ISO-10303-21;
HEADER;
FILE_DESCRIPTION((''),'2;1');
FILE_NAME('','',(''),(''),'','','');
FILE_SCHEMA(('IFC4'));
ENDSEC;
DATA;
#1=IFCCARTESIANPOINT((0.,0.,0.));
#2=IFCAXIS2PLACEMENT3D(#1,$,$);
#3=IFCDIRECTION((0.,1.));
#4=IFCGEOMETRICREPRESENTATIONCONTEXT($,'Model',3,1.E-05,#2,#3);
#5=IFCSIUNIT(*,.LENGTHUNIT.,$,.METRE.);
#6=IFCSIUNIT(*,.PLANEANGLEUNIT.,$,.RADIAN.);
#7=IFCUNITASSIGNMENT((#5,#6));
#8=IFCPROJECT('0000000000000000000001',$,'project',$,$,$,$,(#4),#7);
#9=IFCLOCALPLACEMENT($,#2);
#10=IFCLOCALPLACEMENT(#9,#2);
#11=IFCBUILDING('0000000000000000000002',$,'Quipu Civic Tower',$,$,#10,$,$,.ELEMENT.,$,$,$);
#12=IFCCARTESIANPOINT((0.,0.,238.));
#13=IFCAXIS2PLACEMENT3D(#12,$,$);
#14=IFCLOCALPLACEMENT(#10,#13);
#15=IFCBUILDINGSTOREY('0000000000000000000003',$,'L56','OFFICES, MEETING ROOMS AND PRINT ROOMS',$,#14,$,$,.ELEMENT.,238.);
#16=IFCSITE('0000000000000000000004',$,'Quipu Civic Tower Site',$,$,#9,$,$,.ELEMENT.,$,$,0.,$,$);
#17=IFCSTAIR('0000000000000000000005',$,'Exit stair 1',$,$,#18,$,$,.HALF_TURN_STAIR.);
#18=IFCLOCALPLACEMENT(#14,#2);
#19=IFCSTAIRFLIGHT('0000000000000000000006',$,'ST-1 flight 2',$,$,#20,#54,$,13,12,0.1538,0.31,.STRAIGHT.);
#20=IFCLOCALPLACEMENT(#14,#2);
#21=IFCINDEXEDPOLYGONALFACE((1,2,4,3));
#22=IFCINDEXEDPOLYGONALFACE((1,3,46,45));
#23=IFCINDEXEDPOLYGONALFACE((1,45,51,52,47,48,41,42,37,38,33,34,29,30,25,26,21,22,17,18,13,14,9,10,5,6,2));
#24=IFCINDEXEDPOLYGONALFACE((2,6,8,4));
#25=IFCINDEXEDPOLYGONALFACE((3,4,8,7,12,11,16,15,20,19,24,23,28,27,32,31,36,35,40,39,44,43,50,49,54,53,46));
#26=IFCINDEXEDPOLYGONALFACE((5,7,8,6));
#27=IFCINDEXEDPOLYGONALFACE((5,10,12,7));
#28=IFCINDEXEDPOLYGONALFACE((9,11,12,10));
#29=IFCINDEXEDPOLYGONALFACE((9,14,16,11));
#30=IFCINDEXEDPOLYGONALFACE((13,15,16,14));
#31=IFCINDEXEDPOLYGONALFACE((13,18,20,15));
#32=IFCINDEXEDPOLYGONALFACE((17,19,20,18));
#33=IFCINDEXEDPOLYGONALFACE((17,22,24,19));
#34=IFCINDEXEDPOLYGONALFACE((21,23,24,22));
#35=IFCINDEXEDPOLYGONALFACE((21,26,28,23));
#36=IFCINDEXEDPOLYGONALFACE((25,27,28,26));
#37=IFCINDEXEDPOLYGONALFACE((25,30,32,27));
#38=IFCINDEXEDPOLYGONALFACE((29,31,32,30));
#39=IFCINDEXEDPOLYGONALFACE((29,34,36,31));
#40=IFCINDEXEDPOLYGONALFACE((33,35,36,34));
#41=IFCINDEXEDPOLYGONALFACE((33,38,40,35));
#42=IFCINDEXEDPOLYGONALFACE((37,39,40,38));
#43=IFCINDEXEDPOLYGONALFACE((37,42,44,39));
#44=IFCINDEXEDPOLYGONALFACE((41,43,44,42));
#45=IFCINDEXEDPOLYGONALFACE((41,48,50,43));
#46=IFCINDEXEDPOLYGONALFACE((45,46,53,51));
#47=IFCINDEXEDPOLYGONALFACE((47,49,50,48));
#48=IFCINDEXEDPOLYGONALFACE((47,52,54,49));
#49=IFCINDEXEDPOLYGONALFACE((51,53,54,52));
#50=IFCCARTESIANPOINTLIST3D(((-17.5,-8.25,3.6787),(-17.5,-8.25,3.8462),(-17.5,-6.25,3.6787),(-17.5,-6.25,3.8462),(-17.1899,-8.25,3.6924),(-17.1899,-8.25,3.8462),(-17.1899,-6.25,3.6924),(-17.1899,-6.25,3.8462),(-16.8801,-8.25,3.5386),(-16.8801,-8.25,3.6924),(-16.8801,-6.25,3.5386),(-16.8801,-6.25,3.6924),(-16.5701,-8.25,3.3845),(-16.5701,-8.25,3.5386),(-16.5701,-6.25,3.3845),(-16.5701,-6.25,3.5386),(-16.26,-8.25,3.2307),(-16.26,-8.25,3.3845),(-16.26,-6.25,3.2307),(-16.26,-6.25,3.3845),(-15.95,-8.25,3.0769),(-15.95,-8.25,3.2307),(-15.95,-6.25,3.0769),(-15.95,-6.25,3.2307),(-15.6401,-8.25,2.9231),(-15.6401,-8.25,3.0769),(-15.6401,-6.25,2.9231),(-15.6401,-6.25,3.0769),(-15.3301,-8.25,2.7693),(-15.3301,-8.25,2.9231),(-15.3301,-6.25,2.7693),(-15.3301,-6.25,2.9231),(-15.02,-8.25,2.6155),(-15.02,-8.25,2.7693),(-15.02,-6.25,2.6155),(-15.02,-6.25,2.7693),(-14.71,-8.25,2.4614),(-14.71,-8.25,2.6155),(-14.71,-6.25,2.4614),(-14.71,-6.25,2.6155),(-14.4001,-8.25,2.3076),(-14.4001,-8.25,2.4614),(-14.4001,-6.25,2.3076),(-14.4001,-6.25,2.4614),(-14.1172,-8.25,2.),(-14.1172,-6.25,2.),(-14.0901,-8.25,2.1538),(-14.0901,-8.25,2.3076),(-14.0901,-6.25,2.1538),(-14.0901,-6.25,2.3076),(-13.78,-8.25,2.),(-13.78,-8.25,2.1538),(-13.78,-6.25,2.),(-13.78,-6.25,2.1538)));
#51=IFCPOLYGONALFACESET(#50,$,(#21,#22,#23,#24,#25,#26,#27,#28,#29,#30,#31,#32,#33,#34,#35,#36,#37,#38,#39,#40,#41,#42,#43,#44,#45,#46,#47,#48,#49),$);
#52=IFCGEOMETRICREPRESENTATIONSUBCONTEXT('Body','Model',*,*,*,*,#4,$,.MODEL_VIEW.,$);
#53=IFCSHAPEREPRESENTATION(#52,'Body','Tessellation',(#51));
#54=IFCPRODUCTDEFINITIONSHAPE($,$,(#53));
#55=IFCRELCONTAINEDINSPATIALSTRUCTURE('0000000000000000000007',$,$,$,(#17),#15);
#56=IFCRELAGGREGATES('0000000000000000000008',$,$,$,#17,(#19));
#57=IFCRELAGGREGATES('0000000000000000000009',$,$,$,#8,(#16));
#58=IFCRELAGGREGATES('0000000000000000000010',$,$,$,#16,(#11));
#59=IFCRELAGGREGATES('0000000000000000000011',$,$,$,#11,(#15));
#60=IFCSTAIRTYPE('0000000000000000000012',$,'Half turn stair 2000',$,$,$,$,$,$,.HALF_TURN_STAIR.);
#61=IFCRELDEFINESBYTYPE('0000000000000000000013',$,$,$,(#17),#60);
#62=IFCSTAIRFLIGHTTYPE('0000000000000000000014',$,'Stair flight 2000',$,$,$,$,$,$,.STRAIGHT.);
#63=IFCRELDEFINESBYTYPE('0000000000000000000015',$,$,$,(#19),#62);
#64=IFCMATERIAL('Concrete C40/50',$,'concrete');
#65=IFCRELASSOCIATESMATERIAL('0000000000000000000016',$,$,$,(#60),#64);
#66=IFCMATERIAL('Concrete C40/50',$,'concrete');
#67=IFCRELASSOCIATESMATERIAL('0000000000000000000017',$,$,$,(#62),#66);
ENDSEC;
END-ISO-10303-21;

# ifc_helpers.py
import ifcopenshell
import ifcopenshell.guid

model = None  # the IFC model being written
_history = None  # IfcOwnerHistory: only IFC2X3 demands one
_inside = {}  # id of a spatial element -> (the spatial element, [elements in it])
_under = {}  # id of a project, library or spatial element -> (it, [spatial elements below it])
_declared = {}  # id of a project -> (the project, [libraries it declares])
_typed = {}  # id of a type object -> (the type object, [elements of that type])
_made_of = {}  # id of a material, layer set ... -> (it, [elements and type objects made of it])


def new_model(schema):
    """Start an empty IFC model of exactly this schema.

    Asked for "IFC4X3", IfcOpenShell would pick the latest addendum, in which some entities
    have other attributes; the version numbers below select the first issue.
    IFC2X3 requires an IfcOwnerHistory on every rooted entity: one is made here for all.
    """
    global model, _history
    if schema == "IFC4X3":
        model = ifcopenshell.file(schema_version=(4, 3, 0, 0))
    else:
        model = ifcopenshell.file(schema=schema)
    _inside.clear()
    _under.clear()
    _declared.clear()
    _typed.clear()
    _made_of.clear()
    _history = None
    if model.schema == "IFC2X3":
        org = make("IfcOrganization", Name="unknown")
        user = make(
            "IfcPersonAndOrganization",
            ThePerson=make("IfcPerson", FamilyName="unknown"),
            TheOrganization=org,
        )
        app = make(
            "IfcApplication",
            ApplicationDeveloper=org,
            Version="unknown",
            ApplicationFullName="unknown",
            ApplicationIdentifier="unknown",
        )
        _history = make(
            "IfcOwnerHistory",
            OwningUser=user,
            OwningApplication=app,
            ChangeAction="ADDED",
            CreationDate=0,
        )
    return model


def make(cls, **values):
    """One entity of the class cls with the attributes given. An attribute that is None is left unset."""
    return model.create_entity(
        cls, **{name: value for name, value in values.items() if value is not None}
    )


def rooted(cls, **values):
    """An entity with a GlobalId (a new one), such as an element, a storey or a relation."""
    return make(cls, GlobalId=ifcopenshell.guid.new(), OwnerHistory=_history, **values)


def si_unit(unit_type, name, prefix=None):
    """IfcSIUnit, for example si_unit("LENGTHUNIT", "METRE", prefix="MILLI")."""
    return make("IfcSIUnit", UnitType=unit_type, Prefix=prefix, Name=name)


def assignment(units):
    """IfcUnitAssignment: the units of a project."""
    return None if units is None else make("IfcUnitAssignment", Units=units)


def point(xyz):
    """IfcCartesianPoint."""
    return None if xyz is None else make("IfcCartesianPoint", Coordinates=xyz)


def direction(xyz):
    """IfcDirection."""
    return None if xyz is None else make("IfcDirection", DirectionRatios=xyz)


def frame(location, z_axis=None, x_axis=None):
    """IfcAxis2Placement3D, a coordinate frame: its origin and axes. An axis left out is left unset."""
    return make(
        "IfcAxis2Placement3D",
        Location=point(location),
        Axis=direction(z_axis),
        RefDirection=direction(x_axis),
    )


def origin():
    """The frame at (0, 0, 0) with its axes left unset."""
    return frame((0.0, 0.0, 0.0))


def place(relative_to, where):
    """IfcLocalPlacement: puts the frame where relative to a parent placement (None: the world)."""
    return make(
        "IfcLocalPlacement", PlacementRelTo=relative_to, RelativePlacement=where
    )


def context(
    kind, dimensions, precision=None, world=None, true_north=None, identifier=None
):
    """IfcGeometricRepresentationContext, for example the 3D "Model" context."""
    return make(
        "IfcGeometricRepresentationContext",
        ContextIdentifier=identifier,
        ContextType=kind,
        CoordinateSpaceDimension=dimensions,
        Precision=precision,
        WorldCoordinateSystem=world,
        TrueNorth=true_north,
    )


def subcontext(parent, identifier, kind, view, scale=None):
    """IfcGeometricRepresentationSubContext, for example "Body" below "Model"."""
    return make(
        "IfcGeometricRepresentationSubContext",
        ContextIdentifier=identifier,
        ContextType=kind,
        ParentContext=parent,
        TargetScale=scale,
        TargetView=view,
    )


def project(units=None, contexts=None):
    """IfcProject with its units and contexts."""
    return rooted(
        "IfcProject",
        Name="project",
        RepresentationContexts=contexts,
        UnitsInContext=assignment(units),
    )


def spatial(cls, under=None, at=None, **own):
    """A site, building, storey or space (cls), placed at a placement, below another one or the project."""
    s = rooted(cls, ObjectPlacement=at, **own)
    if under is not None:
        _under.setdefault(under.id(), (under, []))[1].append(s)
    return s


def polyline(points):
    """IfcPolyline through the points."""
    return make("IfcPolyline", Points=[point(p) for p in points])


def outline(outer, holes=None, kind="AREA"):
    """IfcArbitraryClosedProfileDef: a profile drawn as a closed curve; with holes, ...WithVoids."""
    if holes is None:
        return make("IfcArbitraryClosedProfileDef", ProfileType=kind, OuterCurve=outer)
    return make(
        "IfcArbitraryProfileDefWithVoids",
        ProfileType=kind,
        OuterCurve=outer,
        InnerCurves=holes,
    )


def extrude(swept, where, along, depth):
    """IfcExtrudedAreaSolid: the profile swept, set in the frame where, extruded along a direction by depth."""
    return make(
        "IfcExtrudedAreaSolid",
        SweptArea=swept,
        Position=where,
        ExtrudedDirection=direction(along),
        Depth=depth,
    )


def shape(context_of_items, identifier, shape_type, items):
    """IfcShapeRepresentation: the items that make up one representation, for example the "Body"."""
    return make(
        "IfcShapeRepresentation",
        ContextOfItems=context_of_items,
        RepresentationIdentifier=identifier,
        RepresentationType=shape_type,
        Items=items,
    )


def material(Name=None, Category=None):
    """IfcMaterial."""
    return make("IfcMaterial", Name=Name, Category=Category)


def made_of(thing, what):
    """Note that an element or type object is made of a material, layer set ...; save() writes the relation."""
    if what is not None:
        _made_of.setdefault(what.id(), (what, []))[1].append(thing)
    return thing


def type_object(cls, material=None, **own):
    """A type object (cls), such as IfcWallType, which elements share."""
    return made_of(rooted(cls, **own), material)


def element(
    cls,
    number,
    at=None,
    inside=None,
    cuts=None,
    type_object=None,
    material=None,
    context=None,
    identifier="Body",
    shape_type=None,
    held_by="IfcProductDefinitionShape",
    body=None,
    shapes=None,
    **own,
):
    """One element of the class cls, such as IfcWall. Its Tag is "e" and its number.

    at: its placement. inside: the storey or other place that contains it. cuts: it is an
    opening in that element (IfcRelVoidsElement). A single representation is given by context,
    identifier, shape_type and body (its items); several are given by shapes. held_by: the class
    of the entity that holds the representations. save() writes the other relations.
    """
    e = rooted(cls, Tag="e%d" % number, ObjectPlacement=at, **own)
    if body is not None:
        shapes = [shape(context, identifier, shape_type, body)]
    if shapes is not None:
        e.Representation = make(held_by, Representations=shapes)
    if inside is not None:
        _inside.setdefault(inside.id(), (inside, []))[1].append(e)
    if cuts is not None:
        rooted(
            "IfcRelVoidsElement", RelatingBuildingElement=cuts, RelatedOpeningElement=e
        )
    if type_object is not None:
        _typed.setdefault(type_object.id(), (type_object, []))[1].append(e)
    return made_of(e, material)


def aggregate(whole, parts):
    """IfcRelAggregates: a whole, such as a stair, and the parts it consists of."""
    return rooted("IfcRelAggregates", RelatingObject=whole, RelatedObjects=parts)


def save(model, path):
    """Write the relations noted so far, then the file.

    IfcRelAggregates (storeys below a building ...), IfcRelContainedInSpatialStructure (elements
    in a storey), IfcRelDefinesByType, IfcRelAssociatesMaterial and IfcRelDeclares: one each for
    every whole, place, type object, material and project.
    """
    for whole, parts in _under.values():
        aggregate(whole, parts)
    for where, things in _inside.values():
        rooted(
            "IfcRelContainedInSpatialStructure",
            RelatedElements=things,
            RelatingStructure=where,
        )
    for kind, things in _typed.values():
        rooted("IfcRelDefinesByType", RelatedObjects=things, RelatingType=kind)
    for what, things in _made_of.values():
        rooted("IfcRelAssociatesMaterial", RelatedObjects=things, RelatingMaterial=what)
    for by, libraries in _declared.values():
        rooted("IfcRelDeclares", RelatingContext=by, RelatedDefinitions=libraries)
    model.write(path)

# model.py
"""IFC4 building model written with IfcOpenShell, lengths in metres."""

from ifc_helpers import new_model, si_unit, direction, frame, origin, place, context, subcontext, project, spatial, polyline, outline, extrude, material, type_object, element, aggregate, save


model = new_model("IFC4")

# Units and contexts
model_context = context("Model", 3, precision=1e-05, world=origin(), true_north=direction((0.0, 1.0)))
body_context = subcontext(model_context, "Body", "Model", "MODEL_VIEW")
ifc_project = project(units=[si_unit("LENGTHUNIT", "METRE"), si_unit("PLANEANGLEUNIT", "RADIAN")], contexts=[model_context])

# Site, building, storey
site_placement = place(None, origin())
site = spatial("IfcSite", under=ifc_project, at=site_placement, Name="Quipu Civic Tower Site", CompositionType="ELEMENT", RefElevation=0.0)
building_placement = place(site_placement, origin())
building = spatial("IfcBuilding", under=site, at=building_placement, Name="Quipu Civic Tower", CompositionType="ELEMENT")
storey_placement = place(building_placement, frame((0.0, 0.0, 238.0)))
storey = spatial("IfcBuildingStorey", under=building, at=storey_placement, Name="L56", Description="OFFICES, MEETING ROOMS AND PRINT ROOMS", CompositionType="ELEMENT", Elevation=238.0)

# Stair, stair flight
ifc_material_1 = material(Name="Concrete C40/50", Category="concrete")
stair_type = type_object("IfcStairType", Name="Half turn stair 2000", PredefinedType="HALF_TURN_STAIR", material=ifc_material_1)
stair_placement = place(storey_placement, origin())
stair = element("IfcStair", 1, at=stair_placement, inside=storey, type_object=stair_type, Name="Exit stair 1", PredefinedType="HALF_TURN_STAIR")
ifc_material_2 = material(Name="Concrete C40/50", Category="concrete")
stair_flight_type = type_object("IfcStairFlightType", Name="Stair flight 2000", PredefinedType="STRAIGHT", material=ifc_material_2)
stair_flight_placement = place(storey_placement, frame((-13.78, -7.25, 2.0), z_axis=(0.0, 0.0, 1.0), x_axis=(-1.0, 0.0, 0.0)))
stair_flight = element("IfcStairFlight", 2, at=stair_flight_placement, type_object=stair_flight_type, Name="ST-1 flight 2", NumberOfRisers=13, NumberOfTreads=12, PredefinedType="STRAIGHT", RiserHeight=0.1538, TreadLength=0.31, context=body_context, shape_type="SweptSolid", body=[
    extrude(outline(polyline([(0.0, 0.0), (0.0, 0.1538), (0.3101, 0.1538), (0.3101, 0.3076), (0.6201, 0.3076), (0.6201, 0.4614), (0.9299, 0.4614), (0.9299, 0.6155), (1.24, 0.6155), (1.24, 0.7693), (1.55, 0.7693), (1.55, 0.9231), (1.8601, 0.9231), (1.8601, 1.0769), (2.1699, 1.0769), (2.1699, 1.2307), (2.48, 1.2307), (2.48, 1.3845), (2.79, 1.3845), (2.79, 1.5386), (3.1001, 1.5386), (3.1001, 1.6924), (3.4099, 1.6924), (3.4099, 1.8462), (3.72, 1.8462), (3.72, 2.0), (3.72, 1.6787), (0.3372, 0.0), (0.0, 0.0)])), frame((0.0, 1.0, 0.0), z_axis=(0.0, -1.0, 0.0), x_axis=(1.0, 0.0, 0.0)), (0.0, 0.0, 1.0), 2.0),
])
aggregate(stair, [stair_flight])

save(model, "model.ifc")
